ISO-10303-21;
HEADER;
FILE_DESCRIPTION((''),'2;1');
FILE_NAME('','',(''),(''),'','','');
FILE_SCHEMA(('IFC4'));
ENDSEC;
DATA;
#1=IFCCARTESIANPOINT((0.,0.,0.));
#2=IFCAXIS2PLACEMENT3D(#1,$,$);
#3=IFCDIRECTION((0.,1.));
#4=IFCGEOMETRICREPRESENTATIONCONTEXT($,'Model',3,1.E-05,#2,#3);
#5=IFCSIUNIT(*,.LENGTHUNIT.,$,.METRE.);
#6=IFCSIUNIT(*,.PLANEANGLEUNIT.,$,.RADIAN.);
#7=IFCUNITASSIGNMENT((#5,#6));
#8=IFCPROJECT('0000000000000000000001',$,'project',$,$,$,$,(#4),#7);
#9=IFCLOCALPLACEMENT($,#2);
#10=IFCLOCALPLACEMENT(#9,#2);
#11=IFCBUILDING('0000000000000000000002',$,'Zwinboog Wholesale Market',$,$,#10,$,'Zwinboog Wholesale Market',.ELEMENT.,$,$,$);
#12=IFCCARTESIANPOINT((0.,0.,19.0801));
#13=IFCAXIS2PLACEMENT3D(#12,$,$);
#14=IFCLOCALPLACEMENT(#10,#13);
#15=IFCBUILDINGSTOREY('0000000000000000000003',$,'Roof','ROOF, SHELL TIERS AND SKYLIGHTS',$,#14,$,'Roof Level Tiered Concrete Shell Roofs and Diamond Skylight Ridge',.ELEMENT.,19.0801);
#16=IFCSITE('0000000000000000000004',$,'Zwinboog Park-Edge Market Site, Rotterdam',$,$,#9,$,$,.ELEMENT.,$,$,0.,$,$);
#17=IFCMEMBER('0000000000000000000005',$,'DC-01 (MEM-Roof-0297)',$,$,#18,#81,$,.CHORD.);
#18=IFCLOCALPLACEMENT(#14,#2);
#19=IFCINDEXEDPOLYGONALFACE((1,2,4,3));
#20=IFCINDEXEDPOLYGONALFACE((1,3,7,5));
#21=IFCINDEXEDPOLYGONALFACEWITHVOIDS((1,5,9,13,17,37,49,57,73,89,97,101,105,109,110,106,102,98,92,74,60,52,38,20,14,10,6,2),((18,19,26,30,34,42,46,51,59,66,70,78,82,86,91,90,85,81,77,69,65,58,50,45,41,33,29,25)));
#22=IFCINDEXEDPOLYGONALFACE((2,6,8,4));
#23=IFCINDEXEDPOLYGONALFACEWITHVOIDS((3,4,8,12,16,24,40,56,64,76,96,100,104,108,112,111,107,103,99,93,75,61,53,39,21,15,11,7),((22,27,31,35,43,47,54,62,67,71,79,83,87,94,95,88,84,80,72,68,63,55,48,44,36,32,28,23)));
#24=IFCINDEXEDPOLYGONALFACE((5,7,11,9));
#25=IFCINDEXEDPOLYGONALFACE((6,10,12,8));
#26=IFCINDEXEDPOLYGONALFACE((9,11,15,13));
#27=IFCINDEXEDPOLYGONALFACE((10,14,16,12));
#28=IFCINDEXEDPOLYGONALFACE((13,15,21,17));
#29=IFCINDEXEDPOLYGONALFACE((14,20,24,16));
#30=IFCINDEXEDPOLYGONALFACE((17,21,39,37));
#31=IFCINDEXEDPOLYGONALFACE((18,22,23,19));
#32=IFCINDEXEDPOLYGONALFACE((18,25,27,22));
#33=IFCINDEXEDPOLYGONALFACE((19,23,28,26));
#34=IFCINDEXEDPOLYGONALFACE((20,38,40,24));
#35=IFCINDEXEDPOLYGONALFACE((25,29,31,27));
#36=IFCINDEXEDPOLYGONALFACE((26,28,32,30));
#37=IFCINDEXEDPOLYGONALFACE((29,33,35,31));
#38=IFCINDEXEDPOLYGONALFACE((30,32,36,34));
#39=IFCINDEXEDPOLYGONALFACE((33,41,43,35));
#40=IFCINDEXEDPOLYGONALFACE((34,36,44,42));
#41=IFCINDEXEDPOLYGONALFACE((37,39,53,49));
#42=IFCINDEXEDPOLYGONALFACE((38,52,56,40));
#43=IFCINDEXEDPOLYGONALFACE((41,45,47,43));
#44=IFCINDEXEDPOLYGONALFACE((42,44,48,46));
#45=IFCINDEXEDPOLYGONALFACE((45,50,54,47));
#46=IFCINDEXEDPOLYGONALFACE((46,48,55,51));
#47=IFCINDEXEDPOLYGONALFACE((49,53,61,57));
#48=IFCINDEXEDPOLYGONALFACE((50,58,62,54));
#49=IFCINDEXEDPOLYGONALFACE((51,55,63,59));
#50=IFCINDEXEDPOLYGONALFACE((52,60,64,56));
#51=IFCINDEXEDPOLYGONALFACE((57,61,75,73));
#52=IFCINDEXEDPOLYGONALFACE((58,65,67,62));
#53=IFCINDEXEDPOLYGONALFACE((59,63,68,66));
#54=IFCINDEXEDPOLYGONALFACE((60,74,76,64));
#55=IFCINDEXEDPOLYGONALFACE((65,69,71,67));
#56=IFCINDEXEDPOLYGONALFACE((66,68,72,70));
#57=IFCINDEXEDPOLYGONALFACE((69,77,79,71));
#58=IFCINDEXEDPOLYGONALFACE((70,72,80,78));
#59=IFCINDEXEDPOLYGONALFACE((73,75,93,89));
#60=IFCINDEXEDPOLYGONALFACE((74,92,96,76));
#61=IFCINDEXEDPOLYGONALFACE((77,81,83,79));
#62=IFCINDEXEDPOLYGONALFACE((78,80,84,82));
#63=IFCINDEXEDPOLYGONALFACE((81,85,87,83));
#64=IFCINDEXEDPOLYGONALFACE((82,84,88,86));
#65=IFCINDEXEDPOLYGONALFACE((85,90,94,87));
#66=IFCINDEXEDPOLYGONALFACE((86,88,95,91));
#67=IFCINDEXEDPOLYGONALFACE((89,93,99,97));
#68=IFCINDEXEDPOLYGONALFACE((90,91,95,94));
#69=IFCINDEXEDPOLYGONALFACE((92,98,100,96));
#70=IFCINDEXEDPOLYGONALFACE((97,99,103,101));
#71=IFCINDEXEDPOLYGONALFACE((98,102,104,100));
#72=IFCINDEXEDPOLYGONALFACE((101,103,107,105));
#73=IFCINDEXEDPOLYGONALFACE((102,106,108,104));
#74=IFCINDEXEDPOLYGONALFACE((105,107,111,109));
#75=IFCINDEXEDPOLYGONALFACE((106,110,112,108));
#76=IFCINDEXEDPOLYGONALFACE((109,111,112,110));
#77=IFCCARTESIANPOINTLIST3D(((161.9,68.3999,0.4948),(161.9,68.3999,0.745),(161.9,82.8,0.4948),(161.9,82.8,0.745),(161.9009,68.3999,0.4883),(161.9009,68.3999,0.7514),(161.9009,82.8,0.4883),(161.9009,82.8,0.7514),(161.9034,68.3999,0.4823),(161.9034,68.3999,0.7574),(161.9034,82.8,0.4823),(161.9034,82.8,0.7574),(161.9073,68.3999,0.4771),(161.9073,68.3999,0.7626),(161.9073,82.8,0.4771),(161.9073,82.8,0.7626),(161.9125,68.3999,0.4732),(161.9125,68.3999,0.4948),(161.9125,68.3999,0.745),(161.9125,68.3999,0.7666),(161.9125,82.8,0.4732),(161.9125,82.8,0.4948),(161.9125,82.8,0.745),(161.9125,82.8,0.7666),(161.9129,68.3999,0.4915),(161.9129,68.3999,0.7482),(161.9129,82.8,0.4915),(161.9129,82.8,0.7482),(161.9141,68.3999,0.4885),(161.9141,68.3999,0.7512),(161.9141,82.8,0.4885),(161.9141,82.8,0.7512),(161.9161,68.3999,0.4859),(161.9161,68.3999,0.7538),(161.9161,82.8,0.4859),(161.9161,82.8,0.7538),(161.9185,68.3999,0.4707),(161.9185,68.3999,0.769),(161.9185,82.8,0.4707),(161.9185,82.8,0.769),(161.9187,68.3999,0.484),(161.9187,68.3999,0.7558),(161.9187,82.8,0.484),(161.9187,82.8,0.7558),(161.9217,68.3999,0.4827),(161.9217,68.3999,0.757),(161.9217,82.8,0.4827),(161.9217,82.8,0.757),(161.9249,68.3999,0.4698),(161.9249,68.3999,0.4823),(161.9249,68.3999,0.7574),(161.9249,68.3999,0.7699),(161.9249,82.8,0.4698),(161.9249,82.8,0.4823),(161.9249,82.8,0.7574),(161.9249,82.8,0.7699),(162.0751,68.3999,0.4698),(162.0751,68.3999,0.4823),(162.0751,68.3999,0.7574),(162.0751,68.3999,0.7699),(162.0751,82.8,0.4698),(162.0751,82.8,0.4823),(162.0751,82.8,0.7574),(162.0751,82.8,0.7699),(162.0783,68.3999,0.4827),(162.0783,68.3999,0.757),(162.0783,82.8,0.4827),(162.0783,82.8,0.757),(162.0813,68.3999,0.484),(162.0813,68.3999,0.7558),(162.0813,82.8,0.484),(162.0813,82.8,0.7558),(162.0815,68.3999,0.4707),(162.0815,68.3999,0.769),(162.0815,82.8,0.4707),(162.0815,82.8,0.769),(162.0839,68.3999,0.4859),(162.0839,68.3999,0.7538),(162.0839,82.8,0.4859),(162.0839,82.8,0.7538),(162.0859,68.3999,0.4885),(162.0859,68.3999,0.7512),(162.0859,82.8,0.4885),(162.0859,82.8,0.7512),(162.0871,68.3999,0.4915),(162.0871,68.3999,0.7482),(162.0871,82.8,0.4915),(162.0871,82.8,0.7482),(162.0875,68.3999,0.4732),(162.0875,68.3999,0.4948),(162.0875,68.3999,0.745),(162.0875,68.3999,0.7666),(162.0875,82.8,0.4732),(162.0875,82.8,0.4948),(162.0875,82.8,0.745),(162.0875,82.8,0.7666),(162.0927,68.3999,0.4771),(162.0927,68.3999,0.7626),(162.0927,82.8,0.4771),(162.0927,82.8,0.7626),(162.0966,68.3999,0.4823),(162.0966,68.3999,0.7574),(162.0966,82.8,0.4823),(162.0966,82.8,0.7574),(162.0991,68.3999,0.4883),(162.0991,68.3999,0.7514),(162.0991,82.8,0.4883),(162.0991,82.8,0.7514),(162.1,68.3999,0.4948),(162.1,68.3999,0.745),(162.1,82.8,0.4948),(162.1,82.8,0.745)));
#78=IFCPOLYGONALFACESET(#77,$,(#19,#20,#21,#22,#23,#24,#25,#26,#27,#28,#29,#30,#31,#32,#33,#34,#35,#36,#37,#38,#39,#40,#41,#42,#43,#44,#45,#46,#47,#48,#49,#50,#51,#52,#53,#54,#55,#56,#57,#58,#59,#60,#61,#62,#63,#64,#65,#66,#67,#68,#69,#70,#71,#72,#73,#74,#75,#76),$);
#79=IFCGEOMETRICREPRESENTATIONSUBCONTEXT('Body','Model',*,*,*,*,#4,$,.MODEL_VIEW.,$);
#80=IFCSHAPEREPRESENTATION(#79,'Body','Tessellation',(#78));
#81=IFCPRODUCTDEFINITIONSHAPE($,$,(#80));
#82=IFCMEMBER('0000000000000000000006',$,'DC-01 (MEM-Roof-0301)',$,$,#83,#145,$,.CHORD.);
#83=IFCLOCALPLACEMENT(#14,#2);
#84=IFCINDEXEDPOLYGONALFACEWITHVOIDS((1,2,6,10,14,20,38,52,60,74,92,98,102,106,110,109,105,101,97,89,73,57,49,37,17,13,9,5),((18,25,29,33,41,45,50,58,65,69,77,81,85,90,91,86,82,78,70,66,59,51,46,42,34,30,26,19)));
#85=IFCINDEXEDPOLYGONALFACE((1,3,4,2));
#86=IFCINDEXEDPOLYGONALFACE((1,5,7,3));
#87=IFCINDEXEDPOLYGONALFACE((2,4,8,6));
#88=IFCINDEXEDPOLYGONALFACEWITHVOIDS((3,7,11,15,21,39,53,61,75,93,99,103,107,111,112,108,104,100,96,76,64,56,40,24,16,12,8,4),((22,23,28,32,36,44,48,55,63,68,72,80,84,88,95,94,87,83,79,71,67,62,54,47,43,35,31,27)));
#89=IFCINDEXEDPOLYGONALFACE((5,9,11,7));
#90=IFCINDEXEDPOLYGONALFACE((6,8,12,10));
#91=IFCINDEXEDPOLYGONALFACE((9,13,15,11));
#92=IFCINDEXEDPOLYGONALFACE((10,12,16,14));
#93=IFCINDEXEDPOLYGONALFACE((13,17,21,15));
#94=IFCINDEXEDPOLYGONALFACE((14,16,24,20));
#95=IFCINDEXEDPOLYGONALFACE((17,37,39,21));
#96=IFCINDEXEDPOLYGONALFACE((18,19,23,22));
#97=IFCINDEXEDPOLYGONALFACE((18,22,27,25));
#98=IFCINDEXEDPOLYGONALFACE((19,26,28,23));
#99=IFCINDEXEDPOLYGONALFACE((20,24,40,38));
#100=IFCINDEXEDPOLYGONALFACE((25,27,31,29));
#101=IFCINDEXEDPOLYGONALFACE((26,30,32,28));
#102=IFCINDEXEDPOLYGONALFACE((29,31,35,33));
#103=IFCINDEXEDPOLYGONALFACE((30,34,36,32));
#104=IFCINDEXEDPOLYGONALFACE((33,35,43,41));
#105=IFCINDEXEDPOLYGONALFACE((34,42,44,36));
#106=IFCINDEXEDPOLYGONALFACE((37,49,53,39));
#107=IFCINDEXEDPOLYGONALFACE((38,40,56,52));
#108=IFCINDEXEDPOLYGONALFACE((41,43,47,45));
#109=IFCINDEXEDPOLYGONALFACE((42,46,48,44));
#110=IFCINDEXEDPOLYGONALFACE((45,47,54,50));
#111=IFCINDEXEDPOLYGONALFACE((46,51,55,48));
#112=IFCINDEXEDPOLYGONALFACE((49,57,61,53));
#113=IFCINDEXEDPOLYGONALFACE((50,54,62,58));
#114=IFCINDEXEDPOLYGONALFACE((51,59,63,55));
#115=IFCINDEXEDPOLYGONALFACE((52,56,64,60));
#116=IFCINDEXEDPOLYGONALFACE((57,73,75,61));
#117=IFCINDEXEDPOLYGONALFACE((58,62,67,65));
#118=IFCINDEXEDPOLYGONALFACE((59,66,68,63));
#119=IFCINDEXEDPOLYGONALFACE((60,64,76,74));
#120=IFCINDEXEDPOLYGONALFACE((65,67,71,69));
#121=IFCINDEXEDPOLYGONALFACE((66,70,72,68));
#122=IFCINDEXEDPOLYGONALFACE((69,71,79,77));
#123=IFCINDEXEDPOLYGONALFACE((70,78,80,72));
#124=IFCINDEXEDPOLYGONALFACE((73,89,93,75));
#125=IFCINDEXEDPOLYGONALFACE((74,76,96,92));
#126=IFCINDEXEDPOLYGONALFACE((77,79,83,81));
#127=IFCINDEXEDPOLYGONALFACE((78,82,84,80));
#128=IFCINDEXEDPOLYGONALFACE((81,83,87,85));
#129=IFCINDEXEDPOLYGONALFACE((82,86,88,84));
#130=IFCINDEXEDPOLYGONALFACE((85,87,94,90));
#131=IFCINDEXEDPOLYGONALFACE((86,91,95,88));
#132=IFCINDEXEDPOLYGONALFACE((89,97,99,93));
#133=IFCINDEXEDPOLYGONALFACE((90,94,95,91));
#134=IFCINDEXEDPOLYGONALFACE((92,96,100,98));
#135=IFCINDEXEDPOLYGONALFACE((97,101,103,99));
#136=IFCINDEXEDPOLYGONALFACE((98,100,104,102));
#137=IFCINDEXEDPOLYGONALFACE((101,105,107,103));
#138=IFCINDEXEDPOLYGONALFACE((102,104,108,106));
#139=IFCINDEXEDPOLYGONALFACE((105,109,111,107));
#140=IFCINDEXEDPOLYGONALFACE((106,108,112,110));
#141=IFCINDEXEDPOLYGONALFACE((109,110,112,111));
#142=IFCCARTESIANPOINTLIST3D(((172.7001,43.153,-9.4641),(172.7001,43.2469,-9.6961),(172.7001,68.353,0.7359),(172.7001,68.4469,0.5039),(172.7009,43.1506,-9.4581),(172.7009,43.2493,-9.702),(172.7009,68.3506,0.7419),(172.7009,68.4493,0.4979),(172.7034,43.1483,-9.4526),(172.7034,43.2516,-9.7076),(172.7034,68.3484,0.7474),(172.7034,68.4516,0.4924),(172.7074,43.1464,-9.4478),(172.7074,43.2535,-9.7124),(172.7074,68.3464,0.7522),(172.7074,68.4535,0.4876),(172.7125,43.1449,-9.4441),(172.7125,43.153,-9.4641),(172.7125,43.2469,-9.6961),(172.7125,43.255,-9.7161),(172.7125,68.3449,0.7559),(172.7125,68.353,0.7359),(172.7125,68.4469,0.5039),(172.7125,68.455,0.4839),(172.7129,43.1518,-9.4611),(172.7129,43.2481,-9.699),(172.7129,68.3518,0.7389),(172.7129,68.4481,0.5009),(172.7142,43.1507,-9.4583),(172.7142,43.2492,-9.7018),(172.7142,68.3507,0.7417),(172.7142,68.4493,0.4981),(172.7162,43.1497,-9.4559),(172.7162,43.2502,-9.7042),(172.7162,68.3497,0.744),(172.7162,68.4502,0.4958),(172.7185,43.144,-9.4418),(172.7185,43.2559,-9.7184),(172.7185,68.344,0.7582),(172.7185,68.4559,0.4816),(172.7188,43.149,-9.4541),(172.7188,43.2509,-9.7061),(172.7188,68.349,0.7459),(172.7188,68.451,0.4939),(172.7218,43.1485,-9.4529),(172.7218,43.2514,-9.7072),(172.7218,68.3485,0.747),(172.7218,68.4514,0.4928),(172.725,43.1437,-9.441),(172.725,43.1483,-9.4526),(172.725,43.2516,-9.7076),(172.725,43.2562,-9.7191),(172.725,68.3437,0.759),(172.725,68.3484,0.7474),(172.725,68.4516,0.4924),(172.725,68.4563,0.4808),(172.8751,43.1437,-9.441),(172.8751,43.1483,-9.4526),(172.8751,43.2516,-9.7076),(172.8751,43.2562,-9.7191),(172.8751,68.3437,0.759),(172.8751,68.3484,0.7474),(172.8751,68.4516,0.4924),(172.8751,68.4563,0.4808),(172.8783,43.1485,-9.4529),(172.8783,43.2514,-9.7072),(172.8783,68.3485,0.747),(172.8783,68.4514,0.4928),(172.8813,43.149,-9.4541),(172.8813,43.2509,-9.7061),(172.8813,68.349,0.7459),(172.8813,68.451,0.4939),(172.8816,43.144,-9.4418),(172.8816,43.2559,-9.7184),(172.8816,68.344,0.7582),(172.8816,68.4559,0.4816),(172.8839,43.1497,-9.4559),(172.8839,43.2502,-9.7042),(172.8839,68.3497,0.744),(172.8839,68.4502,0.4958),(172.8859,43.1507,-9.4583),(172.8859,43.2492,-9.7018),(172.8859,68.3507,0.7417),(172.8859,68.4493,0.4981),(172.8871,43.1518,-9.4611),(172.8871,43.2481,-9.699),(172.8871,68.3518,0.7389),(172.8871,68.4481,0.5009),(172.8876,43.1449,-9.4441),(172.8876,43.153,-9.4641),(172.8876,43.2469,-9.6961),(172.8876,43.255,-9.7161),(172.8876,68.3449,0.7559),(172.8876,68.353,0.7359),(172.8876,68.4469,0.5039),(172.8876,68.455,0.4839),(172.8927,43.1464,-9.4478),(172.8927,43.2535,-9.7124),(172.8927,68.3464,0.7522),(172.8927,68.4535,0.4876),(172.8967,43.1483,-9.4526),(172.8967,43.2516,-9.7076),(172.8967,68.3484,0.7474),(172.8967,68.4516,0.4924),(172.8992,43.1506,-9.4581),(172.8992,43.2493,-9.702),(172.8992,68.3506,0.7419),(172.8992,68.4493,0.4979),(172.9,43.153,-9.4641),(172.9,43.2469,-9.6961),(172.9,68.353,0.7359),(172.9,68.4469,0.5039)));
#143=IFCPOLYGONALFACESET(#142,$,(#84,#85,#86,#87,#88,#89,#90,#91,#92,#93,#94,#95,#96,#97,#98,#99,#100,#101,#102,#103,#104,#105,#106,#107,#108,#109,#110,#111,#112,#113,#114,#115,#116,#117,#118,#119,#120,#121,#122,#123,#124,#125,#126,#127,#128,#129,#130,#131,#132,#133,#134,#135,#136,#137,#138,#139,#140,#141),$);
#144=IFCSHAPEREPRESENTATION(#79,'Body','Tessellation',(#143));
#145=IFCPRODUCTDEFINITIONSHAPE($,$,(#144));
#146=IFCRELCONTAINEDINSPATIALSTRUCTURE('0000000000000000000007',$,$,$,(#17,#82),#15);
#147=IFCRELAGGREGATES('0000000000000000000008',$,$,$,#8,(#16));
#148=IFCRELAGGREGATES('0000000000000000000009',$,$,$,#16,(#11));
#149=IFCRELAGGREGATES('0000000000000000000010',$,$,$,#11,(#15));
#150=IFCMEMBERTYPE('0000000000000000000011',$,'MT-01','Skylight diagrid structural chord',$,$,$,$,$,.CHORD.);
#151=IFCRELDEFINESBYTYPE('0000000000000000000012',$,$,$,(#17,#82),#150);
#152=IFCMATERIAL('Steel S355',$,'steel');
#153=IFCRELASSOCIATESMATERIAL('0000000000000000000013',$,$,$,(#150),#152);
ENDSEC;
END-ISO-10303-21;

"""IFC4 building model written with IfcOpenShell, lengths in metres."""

from ifc_helpers import new_model, si_unit, direction, frame, origin, origin_2d, place, context, subcontext, project, spatial, hollow_rectangle, extrude, material, material_profile, profile_set, type_object, element, save


model = new_model("IFC4")

# Units and contexts
model_context = context("Model", 3, precision=1e-05, world=origin(), true_north=direction((0.0, 1.0)))
body_context = subcontext(model_context, "Body", "Model", "MODEL_VIEW")
ifc_project = project(units=[si_unit("LENGTHUNIT", "METRE"), si_unit("PLANEANGLEUNIT", "RADIAN")], contexts=[model_context])

# Site, building, storey
site_placement = place(None, origin())
site = spatial("IfcSite", under=ifc_project, at=site_placement, Name="Zwinboog Park-Edge Market Site, Rotterdam", CompositionType="ELEMENT", RefElevation=0.0)
building_placement = place(site_placement, origin())
building = spatial("IfcBuilding", under=site, at=building_placement, Name="Zwinboog Wholesale Market", LongName="Zwinboog Wholesale Market", CompositionType="ELEMENT")
storey_placement = place(building_placement, frame((0.0, 0.0, 19.0801)))
storey = spatial("IfcBuildingStorey", under=building, at=storey_placement, Name="Roof", Description="ROOF, SHELL TIERS AND SKYLIGHTS", LongName="Roof Level Tiered Concrete Shell Roofs and Diamond Skylight Ridge", CompositionType="ELEMENT", Elevation=19.0801)

# Members
ifc_material_1 = material(Name="Steel S355", Category="steel")
ifc_material_profile_1 = material_profile(ifc_material_1, hollow_rectangle(XDim=0.2, YDim=0.3, WallThickness=0.0125, InnerFilletRadius=0.0125, OuterFilletRadius=0.0249, at=origin_2d()), Name="RHS 300x200x12.5")
ifc_profile_set_1 = profile_set([ifc_material_profile_1], Name="Steel S355")
member_type_1 = type_object("IfcMemberType", Name="MT-01", Description="Skylight diagrid structural chord", PredefinedType="CHORD", material=ifc_profile_set_1)
member_1_placement = place(storey_placement, frame((162.0, 68.3999, 0.6199), z_axis=(0.0, 1.0, 0.0), x_axis=(-1.0, 0.0, 0.0)))
element("IfcMember", 1, at=member_1_placement, inside=storey, type_object=member_type_1, Name="DC-01 (MEM-Roof-0297)", PredefinedType="CHORD", context=body_context, shape_type="SweptSolid", body=[
    extrude(hollow_rectangle(XDim=0.2, YDim=0.3, WallThickness=0.0125, InnerFilletRadius=0.0125, OuterFilletRadius=0.0249, at=origin_2d()), origin(), (0.0, 0.0, 1.0), 14.4001),
])
member_2_placement = place(storey_placement, frame((172.8, 43.2, -9.5801), z_axis=(0.0, 0.926947, 0.375192), x_axis=(-1.0, 0.0, 0.0)))
element("IfcMember", 2, at=member_2_placement, inside=storey, type_object=member_type_1, Name="DC-01 (MEM-Roof-0301)", PredefinedType="CHORD", context=body_context, shape_type="SweptSolid", body=[
    extrude(hollow_rectangle(XDim=0.2, YDim=0.3, WallThickness=0.0125, InnerFilletRadius=0.0125, OuterFilletRadius=0.0249, at=origin_2d()), origin(), (0.0, 0.0, 1.0), 27.186),
])

save(model, "model.ifc")
